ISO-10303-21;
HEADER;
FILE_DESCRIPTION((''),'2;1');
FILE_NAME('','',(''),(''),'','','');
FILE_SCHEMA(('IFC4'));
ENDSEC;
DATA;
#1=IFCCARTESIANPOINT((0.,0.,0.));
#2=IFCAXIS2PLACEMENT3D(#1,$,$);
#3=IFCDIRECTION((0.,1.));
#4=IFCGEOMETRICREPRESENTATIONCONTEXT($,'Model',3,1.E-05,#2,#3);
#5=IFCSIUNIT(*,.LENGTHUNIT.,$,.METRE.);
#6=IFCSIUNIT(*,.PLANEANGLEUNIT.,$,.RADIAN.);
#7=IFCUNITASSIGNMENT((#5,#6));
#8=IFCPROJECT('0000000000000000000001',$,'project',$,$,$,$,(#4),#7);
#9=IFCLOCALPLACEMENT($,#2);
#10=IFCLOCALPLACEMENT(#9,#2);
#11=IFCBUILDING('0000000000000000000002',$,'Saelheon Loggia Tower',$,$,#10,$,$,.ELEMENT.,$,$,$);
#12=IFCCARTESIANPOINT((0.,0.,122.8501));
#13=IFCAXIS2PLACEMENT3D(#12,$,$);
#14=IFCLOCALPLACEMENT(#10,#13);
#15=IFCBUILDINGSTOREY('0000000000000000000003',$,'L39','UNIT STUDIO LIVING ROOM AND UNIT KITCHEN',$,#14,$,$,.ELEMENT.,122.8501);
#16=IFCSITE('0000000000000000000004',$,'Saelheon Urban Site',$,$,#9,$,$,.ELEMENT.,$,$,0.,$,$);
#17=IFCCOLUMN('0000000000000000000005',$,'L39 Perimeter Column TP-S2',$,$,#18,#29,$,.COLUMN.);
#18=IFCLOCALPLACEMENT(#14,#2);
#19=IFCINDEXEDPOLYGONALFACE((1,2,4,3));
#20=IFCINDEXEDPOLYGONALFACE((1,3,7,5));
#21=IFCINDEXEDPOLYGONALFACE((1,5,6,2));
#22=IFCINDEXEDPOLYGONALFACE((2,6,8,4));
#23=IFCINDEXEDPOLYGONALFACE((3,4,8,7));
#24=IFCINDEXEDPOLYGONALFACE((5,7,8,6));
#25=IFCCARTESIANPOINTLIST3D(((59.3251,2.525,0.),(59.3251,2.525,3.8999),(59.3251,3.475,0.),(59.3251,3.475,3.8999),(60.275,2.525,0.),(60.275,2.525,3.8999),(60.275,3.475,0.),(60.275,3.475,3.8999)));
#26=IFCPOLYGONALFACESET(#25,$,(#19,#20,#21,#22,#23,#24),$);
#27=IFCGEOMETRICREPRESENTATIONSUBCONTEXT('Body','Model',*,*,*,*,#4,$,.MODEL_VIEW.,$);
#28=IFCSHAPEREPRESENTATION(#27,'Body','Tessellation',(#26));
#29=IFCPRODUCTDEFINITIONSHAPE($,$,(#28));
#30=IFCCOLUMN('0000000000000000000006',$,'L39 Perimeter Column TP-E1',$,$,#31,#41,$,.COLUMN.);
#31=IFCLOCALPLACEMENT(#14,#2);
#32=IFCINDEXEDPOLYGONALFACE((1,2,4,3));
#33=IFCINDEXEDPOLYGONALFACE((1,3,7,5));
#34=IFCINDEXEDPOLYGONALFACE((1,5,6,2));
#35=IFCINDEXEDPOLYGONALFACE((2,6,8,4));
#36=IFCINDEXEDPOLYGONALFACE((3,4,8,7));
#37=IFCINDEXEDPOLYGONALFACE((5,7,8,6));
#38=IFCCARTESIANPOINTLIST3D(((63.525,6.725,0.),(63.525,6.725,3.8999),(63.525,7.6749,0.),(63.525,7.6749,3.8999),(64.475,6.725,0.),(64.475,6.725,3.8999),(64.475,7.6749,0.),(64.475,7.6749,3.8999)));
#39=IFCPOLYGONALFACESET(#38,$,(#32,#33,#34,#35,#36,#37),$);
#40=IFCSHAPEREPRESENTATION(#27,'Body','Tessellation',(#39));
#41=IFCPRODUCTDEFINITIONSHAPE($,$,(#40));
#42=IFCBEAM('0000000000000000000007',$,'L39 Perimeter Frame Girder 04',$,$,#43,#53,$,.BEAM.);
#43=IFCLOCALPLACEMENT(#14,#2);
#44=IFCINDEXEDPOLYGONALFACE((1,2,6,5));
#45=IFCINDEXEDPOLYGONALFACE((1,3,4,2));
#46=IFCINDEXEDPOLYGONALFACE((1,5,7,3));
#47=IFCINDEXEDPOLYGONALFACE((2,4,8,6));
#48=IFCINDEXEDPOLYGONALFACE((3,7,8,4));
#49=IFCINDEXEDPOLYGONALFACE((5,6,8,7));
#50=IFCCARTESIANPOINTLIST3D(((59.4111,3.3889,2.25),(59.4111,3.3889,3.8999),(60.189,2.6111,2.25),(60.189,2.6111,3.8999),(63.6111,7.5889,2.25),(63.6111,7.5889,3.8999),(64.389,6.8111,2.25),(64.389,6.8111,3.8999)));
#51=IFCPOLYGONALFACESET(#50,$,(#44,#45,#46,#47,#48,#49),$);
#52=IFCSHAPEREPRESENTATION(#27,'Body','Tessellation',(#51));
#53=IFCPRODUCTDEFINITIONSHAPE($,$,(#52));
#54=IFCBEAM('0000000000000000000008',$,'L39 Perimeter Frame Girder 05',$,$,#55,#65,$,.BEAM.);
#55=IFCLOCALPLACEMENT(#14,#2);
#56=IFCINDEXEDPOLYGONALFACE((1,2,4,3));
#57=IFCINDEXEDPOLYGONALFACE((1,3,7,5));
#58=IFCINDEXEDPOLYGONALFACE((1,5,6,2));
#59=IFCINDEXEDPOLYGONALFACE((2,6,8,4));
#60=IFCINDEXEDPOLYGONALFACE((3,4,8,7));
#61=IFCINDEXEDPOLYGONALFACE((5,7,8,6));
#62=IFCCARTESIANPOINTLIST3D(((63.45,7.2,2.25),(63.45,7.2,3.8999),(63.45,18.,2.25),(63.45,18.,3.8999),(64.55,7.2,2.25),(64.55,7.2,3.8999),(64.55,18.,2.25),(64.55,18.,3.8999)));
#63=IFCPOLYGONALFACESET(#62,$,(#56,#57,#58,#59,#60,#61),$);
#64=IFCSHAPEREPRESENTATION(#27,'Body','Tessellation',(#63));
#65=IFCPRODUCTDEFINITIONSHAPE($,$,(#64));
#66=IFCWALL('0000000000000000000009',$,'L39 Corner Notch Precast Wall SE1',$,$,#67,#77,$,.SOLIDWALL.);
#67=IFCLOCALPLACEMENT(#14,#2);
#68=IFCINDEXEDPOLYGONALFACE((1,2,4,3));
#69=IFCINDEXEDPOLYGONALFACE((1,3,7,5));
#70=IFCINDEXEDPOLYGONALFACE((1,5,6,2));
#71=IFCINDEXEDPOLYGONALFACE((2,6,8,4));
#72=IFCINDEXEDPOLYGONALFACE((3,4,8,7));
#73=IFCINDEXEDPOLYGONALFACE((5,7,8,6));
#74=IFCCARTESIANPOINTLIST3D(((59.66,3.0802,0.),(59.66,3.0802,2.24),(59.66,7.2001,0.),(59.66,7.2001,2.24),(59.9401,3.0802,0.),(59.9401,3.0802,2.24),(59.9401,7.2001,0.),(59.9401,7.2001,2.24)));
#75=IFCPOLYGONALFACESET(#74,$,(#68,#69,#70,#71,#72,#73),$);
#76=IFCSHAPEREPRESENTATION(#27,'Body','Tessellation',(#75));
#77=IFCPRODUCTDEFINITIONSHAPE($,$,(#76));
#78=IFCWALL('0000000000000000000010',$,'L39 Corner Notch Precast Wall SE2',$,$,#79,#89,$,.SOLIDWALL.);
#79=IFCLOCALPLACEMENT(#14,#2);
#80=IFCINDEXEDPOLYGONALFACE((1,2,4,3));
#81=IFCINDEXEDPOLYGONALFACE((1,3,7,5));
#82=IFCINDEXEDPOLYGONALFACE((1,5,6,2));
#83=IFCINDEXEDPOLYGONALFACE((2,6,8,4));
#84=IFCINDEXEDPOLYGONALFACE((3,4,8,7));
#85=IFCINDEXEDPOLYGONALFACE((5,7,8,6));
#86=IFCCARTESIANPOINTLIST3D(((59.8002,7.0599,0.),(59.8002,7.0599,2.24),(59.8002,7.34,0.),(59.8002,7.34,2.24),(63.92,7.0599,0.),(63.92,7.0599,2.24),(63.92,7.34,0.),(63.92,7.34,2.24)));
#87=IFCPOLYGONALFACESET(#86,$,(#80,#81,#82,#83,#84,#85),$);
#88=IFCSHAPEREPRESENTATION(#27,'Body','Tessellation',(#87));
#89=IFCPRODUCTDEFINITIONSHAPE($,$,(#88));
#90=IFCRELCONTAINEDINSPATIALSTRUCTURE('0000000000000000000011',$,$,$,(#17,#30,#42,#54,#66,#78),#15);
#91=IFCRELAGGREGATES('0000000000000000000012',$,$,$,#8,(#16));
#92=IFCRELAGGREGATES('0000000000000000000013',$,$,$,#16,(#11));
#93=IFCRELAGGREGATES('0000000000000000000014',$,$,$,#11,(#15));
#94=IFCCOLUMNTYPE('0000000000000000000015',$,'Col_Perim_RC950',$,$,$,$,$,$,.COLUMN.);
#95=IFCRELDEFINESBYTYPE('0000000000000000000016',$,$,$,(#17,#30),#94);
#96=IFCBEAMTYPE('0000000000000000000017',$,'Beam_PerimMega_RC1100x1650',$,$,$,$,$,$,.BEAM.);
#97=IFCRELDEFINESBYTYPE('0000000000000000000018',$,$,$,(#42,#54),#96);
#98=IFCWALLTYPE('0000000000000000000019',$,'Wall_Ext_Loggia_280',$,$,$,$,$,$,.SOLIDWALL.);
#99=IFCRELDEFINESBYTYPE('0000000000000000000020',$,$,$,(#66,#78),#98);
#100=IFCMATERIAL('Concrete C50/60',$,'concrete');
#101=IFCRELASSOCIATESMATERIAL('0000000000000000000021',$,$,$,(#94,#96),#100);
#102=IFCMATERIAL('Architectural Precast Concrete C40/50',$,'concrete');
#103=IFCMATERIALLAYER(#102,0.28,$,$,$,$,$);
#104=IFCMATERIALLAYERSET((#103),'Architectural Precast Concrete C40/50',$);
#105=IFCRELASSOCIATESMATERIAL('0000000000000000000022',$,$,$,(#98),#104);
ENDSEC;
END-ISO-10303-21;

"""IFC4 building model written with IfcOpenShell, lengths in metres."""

from ifc_helpers import new_model, si_unit, direction, frame, frame_2d, origin, origin_2d, place, context, subcontext, project, spatial, rectangle, extrude, source, transform, mapped, material, layer, layer_set, material_profile, profile_set, type_object, element, save


model = new_model("IFC4")

# Units and contexts
model_context = context("Model", 3, precision=1e-05, world=origin(), true_north=direction((0.0, 1.0)))
body_context = subcontext(model_context, "Body", "Model", "MODEL_VIEW")
ifc_project = project(units=[si_unit("LENGTHUNIT", "METRE"), si_unit("PLANEANGLEUNIT", "RADIAN")], contexts=[model_context])

# Site, building, storey
site_placement = place(None, origin())
site = spatial("IfcSite", under=ifc_project, at=site_placement, Name="Saelheon Urban Site", CompositionType="ELEMENT", RefElevation=0.0)
building_placement = place(site_placement, origin())
building = spatial("IfcBuilding", under=site, at=building_placement, Name="Saelheon Loggia Tower", CompositionType="ELEMENT")
storey_placement = place(building_placement, frame((0.0, 0.0, 122.8501)))
storey = spatial("IfcBuildingStorey", under=building, at=storey_placement, Name="L39", Description="UNIT STUDIO LIVING ROOM AND UNIT KITCHEN", CompositionType="ELEMENT", Elevation=122.8501)

# Columns
ifc_material_1 = material(Name="Concrete C50/60", Category="concrete")
ifc_material_profile_1 = material_profile(ifc_material_1, rectangle(XDim=0.95, YDim=0.95, at=origin_2d()), Name="RC-950x950")
ifc_profile_set_1 = profile_set([ifc_material_profile_1], Name="Concrete C50/60")
column_type = type_object("IfcColumnType", Name="Col_Perim_RC950", PredefinedType="COLUMN", material=ifc_profile_set_1)
shared_shape_1 = source(origin(), body_context, "Body", "SweptSolid", [
    extrude(rectangle(XDim=0.95, YDim=0.95, at=origin_2d()), origin(), (0.0, 0.0, 1.0), 3.8999),
])
for number, where, z_axis, x_axis, name in (
    (1, (59.8, 3.0, 0.0), (0.0, 0.0, 1.0), (1.0, 0.0, 0.0), "L39 Perimeter Column TP-S2"),
    (2, (64.0, 7.2, 0.0), (0.0, 0.0, 1.0), (1.0, 0.0, 0.0), "L39 Perimeter Column TP-E1"),
):
    element("IfcColumn", number, at=place(storey_placement, frame(where, z_axis=z_axis, x_axis=x_axis)), inside=storey, type_object=column_type, Name=name, PredefinedType="COLUMN", context=body_context, shape_type="MappedRepresentation", body=[
        mapped(shared_shape_1, transform((0.0, 0.0, 0.0), scale=1.0)),
    ])

# Beams
ifc_material_profile_2 = material_profile(ifc_material_1, rectangle(XDim=1.1001, YDim=1.6499, at=origin_2d()), Name="RC-1100x1650")
ifc_profile_set_2 = profile_set([ifc_material_profile_2], Name="Concrete C50/60")
beam_type = type_object("IfcBeamType", Name="Beam_PerimMega_RC1100x1650", PredefinedType="BEAM", material=ifc_profile_set_2)
shared_shape_2 = source(origin(), body_context, "Body", "SweptSolid", [
    extrude(rectangle(XDim=1.1001, YDim=1.6499, at=origin_2d()), origin(), (0.0, 0.0, 1.0), 5.9397),
])
beam_1_placement = place(storey_placement, frame((59.8, 3.0, 3.075), z_axis=(0.707107, 0.707107, 0.0), x_axis=(-0.707107, 0.707107, 0.0)))
element("IfcBeam", 3, at=beam_1_placement, inside=storey, type_object=beam_type, Name="L39 Perimeter Frame Girder 04", PredefinedType="BEAM", context=body_context, shape_type="MappedRepresentation", body=[
    mapped(shared_shape_2, transform((0.0, 0.0, 0.0), scale=1.0)),
])
shared_shape_3 = source(origin(), body_context, "Body", "SweptSolid", [
    extrude(rectangle(XDim=1.1001, YDim=1.6499, at=origin_2d()), origin(), (0.0, 0.0, 1.0), 10.8),
])
beam_2_placement = place(storey_placement, frame((64.0, 7.2, 3.075), z_axis=(0.0, 1.0, 0.0), x_axis=(-1.0, 0.0, 0.0)))
element("IfcBeam", 4, at=beam_2_placement, inside=storey, type_object=beam_type, Name="L39 Perimeter Frame Girder 05", PredefinedType="BEAM", context=body_context, shape_type="MappedRepresentation", body=[
    mapped(shared_shape_3, transform((0.0, 0.0, 0.0), scale=1.0)),
])

# Shared definitions
ifc_material_2 = material(Name="Architectural Precast Concrete C40/50", Category="concrete")
ifc_layer = layer(ifc_material_2, 0.28)
ifc_layer_set = layer_set([ifc_layer], Name="Architectural Precast Concrete C40/50")
wall_type = type_object("IfcWallType", Name="Wall_Ext_Loggia_280", PredefinedType="SOLIDWALL", material=ifc_layer_set)

# Walls
for number, where, z_axis, x_axis, name in (
    (5, (59.8, 3.0801, 0.0), (0.0, 0.0, 1.0), (0.0, 1.0, 0.0), "L39 Corner Notch Precast Wall SE1"),
    (6, (59.8, 7.2, 0.0), (0.0, 0.0, 1.0), (1.0, 0.0, 0.0), "L39 Corner Notch Precast Wall SE2"),
):
    element("IfcWall", number, at=place(storey_placement, frame(where, z_axis=z_axis, x_axis=x_axis)), inside=storey, type_object=wall_type, Name=name, PredefinedType="SOLIDWALL", context=body_context, shape_type="SweptSolid", body=[
        extrude(rectangle(XDim=4.1199, YDim=0.28, at=frame_2d((2.0601, 0.0))), origin(), (0.0, 0.0, 1.0), 2.24),
    ])

save(model, "model.ifc")
